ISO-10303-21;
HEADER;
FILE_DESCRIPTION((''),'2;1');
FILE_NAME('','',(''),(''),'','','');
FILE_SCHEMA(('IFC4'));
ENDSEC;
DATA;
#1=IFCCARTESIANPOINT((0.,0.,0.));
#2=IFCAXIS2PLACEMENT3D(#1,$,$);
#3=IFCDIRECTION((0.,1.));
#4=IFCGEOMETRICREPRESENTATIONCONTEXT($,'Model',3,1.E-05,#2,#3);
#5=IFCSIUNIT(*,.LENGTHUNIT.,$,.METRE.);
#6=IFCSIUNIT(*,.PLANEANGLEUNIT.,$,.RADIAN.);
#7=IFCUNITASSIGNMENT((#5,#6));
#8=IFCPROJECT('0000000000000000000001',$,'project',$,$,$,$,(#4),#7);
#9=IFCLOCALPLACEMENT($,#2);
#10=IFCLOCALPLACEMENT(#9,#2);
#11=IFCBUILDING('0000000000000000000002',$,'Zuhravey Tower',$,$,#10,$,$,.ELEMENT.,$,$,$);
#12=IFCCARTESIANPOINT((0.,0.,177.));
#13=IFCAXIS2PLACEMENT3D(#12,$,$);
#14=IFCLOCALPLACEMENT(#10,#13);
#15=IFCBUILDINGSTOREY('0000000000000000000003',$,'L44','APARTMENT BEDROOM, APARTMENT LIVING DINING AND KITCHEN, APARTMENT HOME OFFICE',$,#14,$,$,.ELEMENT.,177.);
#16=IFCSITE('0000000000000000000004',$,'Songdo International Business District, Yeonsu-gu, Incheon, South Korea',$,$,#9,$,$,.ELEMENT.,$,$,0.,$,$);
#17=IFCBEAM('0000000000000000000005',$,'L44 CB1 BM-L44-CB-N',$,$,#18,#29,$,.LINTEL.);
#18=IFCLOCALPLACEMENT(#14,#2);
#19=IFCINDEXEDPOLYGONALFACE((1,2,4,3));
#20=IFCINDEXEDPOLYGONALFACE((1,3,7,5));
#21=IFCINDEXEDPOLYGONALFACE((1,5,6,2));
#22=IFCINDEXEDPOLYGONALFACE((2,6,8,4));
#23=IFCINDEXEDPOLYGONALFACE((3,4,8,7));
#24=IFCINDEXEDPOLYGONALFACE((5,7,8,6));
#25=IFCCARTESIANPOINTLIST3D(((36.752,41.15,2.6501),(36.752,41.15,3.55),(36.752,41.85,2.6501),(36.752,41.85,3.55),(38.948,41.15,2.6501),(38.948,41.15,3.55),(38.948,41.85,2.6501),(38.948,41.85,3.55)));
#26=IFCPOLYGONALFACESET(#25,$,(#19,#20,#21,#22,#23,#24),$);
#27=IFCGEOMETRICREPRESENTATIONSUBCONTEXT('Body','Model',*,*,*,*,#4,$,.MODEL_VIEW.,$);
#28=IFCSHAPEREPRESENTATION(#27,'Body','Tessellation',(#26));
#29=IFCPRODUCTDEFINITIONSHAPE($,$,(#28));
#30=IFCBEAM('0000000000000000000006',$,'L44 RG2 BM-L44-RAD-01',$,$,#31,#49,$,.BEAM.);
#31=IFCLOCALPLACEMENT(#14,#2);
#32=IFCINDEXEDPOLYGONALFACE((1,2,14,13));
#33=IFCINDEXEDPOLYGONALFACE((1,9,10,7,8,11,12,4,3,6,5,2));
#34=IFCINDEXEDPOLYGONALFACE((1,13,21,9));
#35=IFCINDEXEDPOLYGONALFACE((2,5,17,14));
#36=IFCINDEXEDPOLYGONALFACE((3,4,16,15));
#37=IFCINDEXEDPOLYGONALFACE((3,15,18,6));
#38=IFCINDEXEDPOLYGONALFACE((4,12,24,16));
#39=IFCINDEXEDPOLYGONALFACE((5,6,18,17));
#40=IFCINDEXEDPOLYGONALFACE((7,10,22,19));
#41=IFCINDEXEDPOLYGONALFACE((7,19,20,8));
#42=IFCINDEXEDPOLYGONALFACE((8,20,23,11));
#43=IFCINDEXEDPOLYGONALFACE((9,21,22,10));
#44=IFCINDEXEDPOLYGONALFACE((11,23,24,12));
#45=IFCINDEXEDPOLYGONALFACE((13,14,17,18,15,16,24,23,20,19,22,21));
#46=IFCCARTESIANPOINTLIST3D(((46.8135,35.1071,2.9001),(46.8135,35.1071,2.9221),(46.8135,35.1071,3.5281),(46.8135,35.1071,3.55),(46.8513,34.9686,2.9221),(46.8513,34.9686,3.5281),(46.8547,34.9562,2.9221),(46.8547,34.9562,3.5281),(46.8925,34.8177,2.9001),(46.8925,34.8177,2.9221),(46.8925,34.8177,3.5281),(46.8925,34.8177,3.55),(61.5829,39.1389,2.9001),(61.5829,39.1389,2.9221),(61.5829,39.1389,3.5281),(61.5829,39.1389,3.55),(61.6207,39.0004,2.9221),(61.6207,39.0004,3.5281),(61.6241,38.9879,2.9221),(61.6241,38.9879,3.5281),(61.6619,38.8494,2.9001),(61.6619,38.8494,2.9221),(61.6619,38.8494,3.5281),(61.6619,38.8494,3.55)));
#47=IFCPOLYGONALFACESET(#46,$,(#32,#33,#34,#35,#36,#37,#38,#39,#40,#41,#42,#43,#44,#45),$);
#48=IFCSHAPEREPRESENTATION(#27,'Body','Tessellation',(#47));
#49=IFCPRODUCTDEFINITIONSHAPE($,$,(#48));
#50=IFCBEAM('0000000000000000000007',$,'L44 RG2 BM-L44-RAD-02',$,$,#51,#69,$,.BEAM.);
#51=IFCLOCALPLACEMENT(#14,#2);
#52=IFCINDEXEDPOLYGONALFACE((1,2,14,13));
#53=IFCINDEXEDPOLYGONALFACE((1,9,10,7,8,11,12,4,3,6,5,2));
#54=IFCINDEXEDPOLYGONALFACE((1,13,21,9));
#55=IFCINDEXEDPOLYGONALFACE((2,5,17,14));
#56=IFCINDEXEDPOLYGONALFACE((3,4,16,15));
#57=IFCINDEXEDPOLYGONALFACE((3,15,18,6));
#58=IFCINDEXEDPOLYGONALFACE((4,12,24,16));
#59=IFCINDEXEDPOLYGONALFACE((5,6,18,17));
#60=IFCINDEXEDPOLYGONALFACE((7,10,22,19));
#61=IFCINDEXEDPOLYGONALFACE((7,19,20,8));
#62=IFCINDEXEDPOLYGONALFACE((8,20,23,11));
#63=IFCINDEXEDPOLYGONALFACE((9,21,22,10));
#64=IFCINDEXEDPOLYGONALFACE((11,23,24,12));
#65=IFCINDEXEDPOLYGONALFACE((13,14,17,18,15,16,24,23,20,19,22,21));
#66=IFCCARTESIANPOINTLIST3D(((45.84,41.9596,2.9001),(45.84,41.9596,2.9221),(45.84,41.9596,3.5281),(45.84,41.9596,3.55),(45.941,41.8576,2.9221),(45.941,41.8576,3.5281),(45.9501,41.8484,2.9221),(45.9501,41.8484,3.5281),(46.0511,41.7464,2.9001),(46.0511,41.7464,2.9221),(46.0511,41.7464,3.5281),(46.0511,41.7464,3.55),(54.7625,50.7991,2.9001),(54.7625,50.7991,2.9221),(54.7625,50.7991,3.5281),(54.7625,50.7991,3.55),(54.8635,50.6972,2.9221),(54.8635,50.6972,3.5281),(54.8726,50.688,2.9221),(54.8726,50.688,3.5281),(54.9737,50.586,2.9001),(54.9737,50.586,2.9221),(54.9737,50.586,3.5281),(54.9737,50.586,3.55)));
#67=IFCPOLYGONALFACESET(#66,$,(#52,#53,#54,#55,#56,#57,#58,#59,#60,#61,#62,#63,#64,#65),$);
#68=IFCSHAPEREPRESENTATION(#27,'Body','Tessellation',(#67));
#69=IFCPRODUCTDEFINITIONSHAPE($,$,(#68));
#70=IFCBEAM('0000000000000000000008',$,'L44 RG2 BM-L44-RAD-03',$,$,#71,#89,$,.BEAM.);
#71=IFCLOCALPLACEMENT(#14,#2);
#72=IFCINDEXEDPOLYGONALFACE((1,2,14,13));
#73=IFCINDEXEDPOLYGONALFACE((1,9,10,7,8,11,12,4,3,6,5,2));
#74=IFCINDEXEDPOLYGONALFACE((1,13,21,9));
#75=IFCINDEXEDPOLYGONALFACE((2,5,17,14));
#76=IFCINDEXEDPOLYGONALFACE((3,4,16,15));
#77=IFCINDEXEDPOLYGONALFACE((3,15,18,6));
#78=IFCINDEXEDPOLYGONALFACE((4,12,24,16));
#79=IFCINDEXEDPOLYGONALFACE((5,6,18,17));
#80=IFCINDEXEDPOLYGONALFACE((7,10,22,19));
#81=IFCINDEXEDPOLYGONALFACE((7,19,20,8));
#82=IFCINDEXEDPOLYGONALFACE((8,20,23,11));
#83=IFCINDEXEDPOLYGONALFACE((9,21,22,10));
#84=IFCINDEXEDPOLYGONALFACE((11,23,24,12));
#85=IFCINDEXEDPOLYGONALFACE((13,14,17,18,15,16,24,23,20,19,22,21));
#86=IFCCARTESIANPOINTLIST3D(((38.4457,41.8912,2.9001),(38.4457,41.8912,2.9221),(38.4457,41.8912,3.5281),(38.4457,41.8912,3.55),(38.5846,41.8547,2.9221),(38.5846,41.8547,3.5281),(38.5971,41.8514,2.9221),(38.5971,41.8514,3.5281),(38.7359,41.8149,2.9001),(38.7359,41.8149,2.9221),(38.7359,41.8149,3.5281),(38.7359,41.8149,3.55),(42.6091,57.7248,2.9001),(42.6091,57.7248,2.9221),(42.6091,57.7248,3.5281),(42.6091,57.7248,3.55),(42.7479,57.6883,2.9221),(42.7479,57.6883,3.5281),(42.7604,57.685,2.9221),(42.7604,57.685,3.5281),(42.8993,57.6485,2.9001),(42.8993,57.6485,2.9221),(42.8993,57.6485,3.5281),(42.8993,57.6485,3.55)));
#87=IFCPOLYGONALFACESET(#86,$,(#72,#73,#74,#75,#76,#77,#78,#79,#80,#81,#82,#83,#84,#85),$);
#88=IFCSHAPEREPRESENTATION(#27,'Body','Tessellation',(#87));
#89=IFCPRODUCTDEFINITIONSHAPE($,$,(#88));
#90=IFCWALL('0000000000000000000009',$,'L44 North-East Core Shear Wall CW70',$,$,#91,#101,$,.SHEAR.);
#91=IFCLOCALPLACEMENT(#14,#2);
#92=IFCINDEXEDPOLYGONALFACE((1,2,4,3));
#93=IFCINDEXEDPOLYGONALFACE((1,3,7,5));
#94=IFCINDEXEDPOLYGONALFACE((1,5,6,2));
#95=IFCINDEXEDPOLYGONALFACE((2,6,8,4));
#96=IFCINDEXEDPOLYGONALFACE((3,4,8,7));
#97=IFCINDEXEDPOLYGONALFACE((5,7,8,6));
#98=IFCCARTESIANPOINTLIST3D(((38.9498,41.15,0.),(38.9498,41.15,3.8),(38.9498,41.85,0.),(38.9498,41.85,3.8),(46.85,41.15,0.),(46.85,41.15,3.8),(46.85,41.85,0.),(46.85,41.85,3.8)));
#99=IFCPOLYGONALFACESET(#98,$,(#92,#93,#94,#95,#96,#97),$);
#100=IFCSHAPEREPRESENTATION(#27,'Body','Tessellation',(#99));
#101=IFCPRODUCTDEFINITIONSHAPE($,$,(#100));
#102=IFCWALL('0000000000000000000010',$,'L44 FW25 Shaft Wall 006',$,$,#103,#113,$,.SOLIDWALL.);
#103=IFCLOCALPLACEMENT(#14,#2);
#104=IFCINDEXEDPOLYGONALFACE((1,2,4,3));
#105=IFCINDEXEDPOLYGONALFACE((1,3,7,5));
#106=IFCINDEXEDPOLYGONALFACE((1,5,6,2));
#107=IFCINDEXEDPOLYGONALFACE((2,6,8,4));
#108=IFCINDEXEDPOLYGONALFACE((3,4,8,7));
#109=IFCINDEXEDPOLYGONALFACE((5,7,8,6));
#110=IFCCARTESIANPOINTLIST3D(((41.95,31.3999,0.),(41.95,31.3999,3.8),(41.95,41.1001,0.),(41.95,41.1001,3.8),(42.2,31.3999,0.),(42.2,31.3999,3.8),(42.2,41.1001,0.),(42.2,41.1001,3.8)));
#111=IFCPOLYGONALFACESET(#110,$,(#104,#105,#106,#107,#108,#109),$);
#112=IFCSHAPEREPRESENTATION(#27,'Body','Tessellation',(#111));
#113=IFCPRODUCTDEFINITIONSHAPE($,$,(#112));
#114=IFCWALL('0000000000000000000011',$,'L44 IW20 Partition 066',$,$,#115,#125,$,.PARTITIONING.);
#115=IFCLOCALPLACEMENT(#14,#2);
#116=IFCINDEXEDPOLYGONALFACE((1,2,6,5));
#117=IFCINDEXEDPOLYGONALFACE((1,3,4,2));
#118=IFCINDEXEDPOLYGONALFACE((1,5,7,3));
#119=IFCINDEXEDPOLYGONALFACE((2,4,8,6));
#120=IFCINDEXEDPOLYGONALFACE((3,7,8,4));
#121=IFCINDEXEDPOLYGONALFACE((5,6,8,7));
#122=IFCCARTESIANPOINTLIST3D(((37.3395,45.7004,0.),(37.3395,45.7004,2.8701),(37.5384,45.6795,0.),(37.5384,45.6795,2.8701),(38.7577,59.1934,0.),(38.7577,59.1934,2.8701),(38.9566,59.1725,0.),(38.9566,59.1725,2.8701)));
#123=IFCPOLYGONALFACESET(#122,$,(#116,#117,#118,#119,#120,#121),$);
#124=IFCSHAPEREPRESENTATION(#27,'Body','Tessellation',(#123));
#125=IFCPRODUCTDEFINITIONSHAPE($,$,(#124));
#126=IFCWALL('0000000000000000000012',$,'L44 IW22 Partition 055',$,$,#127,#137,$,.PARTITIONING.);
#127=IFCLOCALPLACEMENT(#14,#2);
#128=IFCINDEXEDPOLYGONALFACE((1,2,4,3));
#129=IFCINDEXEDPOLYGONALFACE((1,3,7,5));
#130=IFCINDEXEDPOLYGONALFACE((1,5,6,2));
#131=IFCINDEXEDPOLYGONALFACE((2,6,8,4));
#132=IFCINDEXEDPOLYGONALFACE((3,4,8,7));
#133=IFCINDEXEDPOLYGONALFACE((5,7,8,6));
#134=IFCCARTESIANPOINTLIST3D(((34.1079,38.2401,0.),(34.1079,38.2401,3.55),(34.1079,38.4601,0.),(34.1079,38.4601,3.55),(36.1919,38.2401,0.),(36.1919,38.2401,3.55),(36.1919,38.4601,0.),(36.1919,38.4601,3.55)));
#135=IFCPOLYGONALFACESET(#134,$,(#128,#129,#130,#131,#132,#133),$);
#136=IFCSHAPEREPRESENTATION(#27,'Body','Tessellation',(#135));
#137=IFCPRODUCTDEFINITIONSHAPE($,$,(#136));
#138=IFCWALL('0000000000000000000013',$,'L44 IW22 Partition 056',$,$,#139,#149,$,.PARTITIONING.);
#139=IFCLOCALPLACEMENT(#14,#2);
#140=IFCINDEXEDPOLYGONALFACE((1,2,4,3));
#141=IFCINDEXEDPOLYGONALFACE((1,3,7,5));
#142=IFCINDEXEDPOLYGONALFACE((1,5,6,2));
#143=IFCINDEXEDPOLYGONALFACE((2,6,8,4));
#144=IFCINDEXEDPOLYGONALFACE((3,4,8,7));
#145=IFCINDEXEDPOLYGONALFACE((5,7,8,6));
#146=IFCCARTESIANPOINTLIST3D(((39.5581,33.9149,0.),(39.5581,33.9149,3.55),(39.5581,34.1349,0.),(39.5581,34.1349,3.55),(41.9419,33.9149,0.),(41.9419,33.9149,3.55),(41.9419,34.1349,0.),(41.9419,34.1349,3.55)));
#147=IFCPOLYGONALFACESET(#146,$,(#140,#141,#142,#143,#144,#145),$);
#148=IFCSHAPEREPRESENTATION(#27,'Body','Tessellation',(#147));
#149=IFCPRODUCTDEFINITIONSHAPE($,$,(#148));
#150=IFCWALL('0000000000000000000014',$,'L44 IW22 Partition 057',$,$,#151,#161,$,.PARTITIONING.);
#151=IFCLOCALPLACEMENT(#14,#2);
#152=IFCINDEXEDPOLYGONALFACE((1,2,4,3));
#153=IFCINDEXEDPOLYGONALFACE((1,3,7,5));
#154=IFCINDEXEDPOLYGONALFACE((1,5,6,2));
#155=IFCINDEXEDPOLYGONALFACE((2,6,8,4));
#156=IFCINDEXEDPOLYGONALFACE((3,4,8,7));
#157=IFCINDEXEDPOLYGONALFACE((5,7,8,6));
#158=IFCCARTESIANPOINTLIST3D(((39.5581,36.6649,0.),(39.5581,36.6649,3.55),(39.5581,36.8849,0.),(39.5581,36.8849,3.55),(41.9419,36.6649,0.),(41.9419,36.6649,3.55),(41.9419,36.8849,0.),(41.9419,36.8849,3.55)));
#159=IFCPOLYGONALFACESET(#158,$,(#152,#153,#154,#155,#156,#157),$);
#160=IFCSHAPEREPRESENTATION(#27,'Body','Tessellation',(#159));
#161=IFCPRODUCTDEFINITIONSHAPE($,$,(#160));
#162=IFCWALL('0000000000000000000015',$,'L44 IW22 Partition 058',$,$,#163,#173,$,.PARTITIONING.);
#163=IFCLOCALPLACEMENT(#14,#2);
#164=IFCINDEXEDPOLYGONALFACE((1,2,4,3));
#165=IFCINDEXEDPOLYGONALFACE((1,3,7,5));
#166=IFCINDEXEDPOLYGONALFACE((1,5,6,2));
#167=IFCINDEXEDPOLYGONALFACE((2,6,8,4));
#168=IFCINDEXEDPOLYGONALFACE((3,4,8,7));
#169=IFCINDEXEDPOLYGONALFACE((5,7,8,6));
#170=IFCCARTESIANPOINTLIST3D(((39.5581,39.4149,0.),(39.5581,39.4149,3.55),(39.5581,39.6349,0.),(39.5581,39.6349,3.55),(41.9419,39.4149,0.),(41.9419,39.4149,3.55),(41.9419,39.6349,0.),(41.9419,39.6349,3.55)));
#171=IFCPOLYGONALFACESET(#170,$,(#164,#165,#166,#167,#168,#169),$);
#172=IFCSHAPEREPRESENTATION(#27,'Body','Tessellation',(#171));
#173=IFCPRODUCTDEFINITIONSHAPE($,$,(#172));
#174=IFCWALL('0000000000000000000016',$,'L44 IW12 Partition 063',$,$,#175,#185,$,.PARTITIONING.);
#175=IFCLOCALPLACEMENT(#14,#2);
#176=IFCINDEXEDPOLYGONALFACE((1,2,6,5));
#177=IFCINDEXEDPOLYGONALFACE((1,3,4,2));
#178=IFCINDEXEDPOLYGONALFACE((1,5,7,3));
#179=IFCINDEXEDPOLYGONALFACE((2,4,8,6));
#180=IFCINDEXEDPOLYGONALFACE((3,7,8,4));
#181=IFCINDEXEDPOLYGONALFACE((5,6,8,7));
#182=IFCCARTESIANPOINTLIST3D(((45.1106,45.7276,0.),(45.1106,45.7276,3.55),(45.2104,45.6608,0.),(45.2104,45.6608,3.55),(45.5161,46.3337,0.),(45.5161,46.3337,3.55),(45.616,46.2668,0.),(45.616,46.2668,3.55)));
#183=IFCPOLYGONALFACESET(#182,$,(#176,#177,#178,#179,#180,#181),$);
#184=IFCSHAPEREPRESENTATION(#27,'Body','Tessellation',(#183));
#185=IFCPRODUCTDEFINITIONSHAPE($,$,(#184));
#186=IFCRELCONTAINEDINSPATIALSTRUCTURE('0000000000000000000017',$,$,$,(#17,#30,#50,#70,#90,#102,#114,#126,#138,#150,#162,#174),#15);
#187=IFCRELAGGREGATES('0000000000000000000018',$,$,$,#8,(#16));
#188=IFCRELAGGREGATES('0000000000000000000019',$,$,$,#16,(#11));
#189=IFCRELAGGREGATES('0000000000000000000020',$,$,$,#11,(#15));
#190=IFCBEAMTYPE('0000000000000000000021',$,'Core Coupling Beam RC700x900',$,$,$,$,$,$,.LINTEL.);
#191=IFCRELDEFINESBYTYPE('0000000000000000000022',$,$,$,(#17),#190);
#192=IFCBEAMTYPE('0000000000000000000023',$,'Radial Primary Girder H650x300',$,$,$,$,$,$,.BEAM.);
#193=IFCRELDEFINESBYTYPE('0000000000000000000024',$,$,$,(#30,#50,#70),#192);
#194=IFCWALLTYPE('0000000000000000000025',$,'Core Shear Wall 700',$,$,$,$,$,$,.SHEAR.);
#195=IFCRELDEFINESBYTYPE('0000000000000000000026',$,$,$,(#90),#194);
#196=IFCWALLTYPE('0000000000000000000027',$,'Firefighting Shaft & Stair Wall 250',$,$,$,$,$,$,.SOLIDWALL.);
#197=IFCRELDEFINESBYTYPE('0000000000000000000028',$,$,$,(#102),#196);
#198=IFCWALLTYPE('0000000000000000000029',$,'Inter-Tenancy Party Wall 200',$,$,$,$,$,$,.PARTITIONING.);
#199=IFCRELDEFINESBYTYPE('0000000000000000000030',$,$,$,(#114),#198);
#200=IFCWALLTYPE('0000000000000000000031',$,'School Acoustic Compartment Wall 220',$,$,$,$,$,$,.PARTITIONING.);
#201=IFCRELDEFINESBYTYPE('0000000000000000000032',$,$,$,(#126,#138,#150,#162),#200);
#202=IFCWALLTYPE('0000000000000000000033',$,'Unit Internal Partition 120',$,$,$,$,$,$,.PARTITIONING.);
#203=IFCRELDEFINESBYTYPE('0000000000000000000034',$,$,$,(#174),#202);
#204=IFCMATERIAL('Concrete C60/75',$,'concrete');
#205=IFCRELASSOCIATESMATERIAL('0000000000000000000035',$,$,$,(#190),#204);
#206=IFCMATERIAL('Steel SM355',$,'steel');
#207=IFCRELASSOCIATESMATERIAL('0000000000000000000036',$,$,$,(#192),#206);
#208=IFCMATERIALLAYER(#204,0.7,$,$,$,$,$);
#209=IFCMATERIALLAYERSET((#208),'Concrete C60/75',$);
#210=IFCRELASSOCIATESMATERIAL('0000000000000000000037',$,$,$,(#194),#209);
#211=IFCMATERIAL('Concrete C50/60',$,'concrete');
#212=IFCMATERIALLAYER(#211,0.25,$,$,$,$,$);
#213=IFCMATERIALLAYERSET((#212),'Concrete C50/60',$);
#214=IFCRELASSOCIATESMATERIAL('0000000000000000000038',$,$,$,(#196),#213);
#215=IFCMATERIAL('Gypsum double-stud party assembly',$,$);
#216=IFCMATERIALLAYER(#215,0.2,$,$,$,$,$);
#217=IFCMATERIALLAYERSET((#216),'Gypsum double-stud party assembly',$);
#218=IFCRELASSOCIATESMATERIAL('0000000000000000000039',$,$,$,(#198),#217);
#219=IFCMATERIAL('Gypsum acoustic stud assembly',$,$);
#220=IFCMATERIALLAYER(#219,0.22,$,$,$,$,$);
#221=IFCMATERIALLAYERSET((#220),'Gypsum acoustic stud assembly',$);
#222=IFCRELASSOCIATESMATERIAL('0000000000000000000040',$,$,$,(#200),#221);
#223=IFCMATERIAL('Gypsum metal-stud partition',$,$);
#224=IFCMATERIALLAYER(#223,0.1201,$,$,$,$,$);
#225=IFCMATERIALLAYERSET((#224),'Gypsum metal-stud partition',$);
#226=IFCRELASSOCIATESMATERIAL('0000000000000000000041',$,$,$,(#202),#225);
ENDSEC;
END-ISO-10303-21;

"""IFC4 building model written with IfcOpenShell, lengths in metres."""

from ifc_helpers import new_model, si_unit, direction, frame, frame_2d, origin, origin_2d, place, context, subcontext, project, spatial, rectangle, i_section, extrude, material, layer, layer_set, material_profile, profile_set, type_object, element, save


model = new_model("IFC4")

# Units and contexts
model_context = context("Model", 3, precision=1e-05, world=origin(), true_north=direction((0.0, 1.0)))
body_context = subcontext(model_context, "Body", "Model", "MODEL_VIEW")
ifc_project = project(units=[si_unit("LENGTHUNIT", "METRE"), si_unit("PLANEANGLEUNIT", "RADIAN")], contexts=[model_context])

# Site, building, storey
site_placement = place(None, origin())
site = spatial("IfcSite", under=ifc_project, at=site_placement, Name="Songdo International Business District, Yeonsu-gu, Incheon, South Korea", CompositionType="ELEMENT", RefElevation=0.0)
building_placement = place(site_placement, origin())
building = spatial("IfcBuilding", under=site, at=building_placement, Name="Zuhravey Tower", CompositionType="ELEMENT")
storey_placement = place(building_placement, frame((0.0, 0.0, 177.0)))
storey = spatial("IfcBuildingStorey", under=building, at=storey_placement, Name="L44", Description="APARTMENT BEDROOM, APARTMENT LIVING DINING AND KITCHEN, APARTMENT HOME OFFICE", CompositionType="ELEMENT", Elevation=177.0)

# Beams
ifc_material_1 = material(Name="Concrete C60/75", Category="concrete")
ifc_material_profile_1 = material_profile(ifc_material_1, rectangle(XDim=0.7, YDim=0.8999, at=origin_2d()), Name="RC-700x900")
ifc_profile_set_1 = profile_set([ifc_material_profile_1], Name="Concrete C60/75")
beam_type_1 = type_object("IfcBeamType", Name="Core Coupling Beam RC700x900", PredefinedType="LINTEL", material=ifc_profile_set_1)
beam_1_placement = place(storey_placement, frame((36.752, 41.5, 3.1001), z_axis=(1.0, 0.0, 0.0), x_axis=(0.0, 1.0, 0.0)))
element("IfcBeam", 1, at=beam_1_placement, inside=storey, type_object=beam_type_1, Name="L44 CB1 BM-L44-CB-N", PredefinedType="LINTEL", context=body_context, shape_type="SweptSolid", body=[
    extrude(rectangle(XDim=0.7, YDim=0.8999, at=origin_2d()), origin(), (0.0, 0.0, 1.0), 2.196),
])
ifc_material_2 = material(Name="Steel SM355", Category="steel")
ifc_material_profile_2 = material_profile(ifc_material_2, i_section(OverallWidth=0.3, OverallDepth=0.6499, WebThickness=0.0129, FlangeThickness=0.022, at=origin_2d()), Name="H-650x300x13x22")
ifc_profile_set_2 = profile_set([ifc_material_profile_2], Name="Steel SM355")
beam_type_2 = type_object("IfcBeamType", Name="Radial Primary Girder H650x300", PredefinedType="BEAM", material=ifc_profile_set_2)
beam_2_placement = place(storey_placement, frame((46.853, 34.9624, 3.2251), z_axis=(0.964702, 0.263345, 0.0), x_axis=(-0.263345, 0.964702, 0.0)))
element("IfcBeam", 2, at=beam_2_placement, inside=storey, type_object=beam_type_2, Name="L44 RG2 BM-L44-RAD-01", PredefinedType="BEAM", context=body_context, shape_type="SweptSolid", body=[
    extrude(i_section(OverallWidth=0.3, OverallDepth=0.6499, WebThickness=0.0129, FlangeThickness=0.022, at=origin_2d()), origin(), (0.0, 0.0, 1.0), 15.3098),
])
beam_3_placement = place(storey_placement, frame((45.9456, 41.853, 3.2251), z_axis=(0.710404, 0.703795, 0.0), x_axis=(-0.703795, 0.710404, 0.0)))
element("IfcBeam", 3, at=beam_3_placement, inside=storey, type_object=beam_type_2, Name="L44 RG2 BM-L44-RAD-02", PredefinedType="BEAM", context=body_context, shape_type="SweptSolid", body=[
    extrude(i_section(OverallWidth=0.3, OverallDepth=0.6499, WebThickness=0.0129, FlangeThickness=0.022, at=origin_2d()), origin(), (0.0, 0.0, 1.0), 12.5598),
])
beam_4_placement = place(storey_placement, frame((38.5908, 41.853, 3.2251), z_axis=(0.2543, 0.967125, 0.0), x_axis=(-0.967125, 0.2543, 0.0)))
element("IfcBeam", 4, at=beam_4_placement, inside=storey, type_object=beam_type_2, Name="L44 RG2 BM-L44-RAD-03", PredefinedType="BEAM", context=body_context, shape_type="SweptSolid", body=[
    extrude(i_section(OverallWidth=0.3, OverallDepth=0.6499, WebThickness=0.0129, FlangeThickness=0.022, at=origin_2d()), origin(), (0.0, 0.0, 1.0), 16.3718),
])

# Wall
ifc_layer_1 = layer(ifc_material_1, 0.7)
ifc_layer_set_1 = layer_set([ifc_layer_1], Name="Concrete C60/75")
wall_type_1 = type_object("IfcWallType", Name="Core Shear Wall 700", PredefinedType="SHEAR", material=ifc_layer_set_1)
wall_1_placement = place(storey_placement, frame((46.8501, 41.5, 0.0), z_axis=(0.0, 0.0, 1.0), x_axis=(-1.0, 0.0, 0.0)))
element("IfcWall", 5, at=wall_1_placement, inside=storey, type_object=wall_type_1, Name="L44 North-East Core Shear Wall CW70", PredefinedType="SHEAR", context=body_context, shape_type="SweptSolid", body=[
    extrude(rectangle(XDim=7.9001, YDim=0.7, at=frame_2d((3.9502, 0.0))), origin(), (0.0, 0.0, 1.0), 3.8),
])

# Shared definitions
ifc_material_3 = material(Name="Concrete C50/60", Category="concrete")
ifc_layer_2 = layer(ifc_material_3, 0.25)
ifc_layer_set_2 = layer_set([ifc_layer_2], Name="Concrete C50/60")
wall_type_2 = type_object("IfcWallType", Name="Firefighting Shaft & Stair Wall 250", PredefinedType="SOLIDWALL", material=ifc_layer_set_2)

# Walls
wall_2_placement = place(storey_placement, frame((42.075, 31.3999, 0.0), z_axis=(0.0, 0.0, 1.0), x_axis=(0.0, 1.0, 0.0)))
element("IfcWall", 6, at=wall_2_placement, inside=storey, type_object=wall_type_2, Name="L44 FW25 Shaft Wall 006", PredefinedType="SOLIDWALL", context=body_context, shape_type="SweptSolid", body=[
    extrude(rectangle(XDim=9.7002, YDim=0.25, at=frame_2d((4.8501, 0.0))), origin(), (0.0, 0.0, 1.0), 3.8),
])
ifc_material_4 = material(Name="Gypsum double-stud party assembly")
ifc_layer_3 = layer(ifc_material_4, 0.2)
ifc_layer_set_3 = layer_set([ifc_layer_3], Name="Gypsum double-stud party assembly")
wall_type_3 = type_object("IfcWallType", Name="Inter-Tenancy Party Wall 200", PredefinedType="PARTITIONING", material=ifc_layer_set_3)
wall_3_placement = place(storey_placement, frame((37.439, 45.6899, 0.0), z_axis=(0.0, 0.0, 1.0), x_axis=(0.10453, 0.994522, 0.0)))
element("IfcWall", 7, at=wall_3_placement, inside=storey, type_object=wall_type_3, Name="L44 IW20 Partition 066", PredefinedType="PARTITIONING", context=body_context, shape_type="SweptSolid", body=[
    extrude(rectangle(XDim=13.5674, YDim=0.2, at=frame_2d((6.7837, 0.0))), origin(), (0.0, 0.0, 1.0), 2.8701),
])
ifc_material_5 = material(Name="Gypsum acoustic stud assembly")
ifc_layer_4 = layer(ifc_material_5, 0.22)
ifc_layer_set_4 = layer_set([ifc_layer_4], Name="Gypsum acoustic stud assembly")
wall_type_4 = type_object("IfcWallType", Name="School Acoustic Compartment Wall 220", PredefinedType="PARTITIONING", material=ifc_layer_set_4)
wall_4_placement = place(storey_placement, frame((34.1079, 38.3501, 0.0), z_axis=(0.0, 0.0, 1.0), x_axis=(1.0, 0.0, 0.0)))
element("IfcWall", 8, at=wall_4_placement, inside=storey, type_object=wall_type_4, Name="L44 IW22 Partition 055", PredefinedType="PARTITIONING", context=body_context, shape_type="SweptSolid", body=[
    extrude(rectangle(XDim=2.084, YDim=0.22, at=frame_2d((1.042, 0.0))), origin(), (0.0, 0.0, 1.0), 3.55),
])
for number, where, z_axis, x_axis, name in (
    (9, (39.5581, 34.0249, 0.0), (0.0, 0.0, 1.0), (1.0, 0.0, 0.0), "L44 IW22 Partition 056"),
    (10, (39.5581, 36.7749, 0.0), (0.0, 0.0, 1.0), (1.0, 0.0, 0.0), "L44 IW22 Partition 057"),
    (11, (39.5581, 39.5249, 0.0), (0.0, 0.0, 1.0), (1.0, 0.0, 0.0), "L44 IW22 Partition 058"),
):
    element("IfcWall", number, at=place(storey_placement, frame(where, z_axis=z_axis, x_axis=x_axis)), inside=storey, type_object=wall_type_4, Name=name, PredefinedType="PARTITIONING", context=body_context, shape_type="SweptSolid", body=[
        extrude(rectangle(XDim=2.3838, YDim=0.22, at=frame_2d((1.1919, 0.0))), origin(), (0.0, 0.0, 1.0), 3.55),
    ])
ifc_material_6 = material(Name="Gypsum metal-stud partition")
ifc_layer_5 = layer(ifc_material_6, 0.1201)
ifc_layer_set_5 = layer_set([ifc_layer_5], Name="Gypsum metal-stud partition")
wall_type_5 = type_object("IfcWallType", Name="Unit Internal Partition 120", PredefinedType="PARTITIONING", material=ifc_layer_set_5)
wall_5_placement = place(storey_placement, frame((45.1604, 45.6941, 0.0), z_axis=(0.0, 0.0, 1.0), x_axis=(0.556167, 0.83107, 0.0)))
element("IfcWall", 12, at=wall_5_placement, inside=storey, type_object=wall_type_5, Name="L44 IW12 Partition 063", PredefinedType="PARTITIONING", context=body_context, shape_type="SweptSolid", body=[
    extrude(rectangle(XDim=0.7292, YDim=0.1201, at=frame_2d((0.3647, 0.0))), origin(), (0.0, 0.0, 1.0), 3.55),
])

save(model, "model.ifc")
